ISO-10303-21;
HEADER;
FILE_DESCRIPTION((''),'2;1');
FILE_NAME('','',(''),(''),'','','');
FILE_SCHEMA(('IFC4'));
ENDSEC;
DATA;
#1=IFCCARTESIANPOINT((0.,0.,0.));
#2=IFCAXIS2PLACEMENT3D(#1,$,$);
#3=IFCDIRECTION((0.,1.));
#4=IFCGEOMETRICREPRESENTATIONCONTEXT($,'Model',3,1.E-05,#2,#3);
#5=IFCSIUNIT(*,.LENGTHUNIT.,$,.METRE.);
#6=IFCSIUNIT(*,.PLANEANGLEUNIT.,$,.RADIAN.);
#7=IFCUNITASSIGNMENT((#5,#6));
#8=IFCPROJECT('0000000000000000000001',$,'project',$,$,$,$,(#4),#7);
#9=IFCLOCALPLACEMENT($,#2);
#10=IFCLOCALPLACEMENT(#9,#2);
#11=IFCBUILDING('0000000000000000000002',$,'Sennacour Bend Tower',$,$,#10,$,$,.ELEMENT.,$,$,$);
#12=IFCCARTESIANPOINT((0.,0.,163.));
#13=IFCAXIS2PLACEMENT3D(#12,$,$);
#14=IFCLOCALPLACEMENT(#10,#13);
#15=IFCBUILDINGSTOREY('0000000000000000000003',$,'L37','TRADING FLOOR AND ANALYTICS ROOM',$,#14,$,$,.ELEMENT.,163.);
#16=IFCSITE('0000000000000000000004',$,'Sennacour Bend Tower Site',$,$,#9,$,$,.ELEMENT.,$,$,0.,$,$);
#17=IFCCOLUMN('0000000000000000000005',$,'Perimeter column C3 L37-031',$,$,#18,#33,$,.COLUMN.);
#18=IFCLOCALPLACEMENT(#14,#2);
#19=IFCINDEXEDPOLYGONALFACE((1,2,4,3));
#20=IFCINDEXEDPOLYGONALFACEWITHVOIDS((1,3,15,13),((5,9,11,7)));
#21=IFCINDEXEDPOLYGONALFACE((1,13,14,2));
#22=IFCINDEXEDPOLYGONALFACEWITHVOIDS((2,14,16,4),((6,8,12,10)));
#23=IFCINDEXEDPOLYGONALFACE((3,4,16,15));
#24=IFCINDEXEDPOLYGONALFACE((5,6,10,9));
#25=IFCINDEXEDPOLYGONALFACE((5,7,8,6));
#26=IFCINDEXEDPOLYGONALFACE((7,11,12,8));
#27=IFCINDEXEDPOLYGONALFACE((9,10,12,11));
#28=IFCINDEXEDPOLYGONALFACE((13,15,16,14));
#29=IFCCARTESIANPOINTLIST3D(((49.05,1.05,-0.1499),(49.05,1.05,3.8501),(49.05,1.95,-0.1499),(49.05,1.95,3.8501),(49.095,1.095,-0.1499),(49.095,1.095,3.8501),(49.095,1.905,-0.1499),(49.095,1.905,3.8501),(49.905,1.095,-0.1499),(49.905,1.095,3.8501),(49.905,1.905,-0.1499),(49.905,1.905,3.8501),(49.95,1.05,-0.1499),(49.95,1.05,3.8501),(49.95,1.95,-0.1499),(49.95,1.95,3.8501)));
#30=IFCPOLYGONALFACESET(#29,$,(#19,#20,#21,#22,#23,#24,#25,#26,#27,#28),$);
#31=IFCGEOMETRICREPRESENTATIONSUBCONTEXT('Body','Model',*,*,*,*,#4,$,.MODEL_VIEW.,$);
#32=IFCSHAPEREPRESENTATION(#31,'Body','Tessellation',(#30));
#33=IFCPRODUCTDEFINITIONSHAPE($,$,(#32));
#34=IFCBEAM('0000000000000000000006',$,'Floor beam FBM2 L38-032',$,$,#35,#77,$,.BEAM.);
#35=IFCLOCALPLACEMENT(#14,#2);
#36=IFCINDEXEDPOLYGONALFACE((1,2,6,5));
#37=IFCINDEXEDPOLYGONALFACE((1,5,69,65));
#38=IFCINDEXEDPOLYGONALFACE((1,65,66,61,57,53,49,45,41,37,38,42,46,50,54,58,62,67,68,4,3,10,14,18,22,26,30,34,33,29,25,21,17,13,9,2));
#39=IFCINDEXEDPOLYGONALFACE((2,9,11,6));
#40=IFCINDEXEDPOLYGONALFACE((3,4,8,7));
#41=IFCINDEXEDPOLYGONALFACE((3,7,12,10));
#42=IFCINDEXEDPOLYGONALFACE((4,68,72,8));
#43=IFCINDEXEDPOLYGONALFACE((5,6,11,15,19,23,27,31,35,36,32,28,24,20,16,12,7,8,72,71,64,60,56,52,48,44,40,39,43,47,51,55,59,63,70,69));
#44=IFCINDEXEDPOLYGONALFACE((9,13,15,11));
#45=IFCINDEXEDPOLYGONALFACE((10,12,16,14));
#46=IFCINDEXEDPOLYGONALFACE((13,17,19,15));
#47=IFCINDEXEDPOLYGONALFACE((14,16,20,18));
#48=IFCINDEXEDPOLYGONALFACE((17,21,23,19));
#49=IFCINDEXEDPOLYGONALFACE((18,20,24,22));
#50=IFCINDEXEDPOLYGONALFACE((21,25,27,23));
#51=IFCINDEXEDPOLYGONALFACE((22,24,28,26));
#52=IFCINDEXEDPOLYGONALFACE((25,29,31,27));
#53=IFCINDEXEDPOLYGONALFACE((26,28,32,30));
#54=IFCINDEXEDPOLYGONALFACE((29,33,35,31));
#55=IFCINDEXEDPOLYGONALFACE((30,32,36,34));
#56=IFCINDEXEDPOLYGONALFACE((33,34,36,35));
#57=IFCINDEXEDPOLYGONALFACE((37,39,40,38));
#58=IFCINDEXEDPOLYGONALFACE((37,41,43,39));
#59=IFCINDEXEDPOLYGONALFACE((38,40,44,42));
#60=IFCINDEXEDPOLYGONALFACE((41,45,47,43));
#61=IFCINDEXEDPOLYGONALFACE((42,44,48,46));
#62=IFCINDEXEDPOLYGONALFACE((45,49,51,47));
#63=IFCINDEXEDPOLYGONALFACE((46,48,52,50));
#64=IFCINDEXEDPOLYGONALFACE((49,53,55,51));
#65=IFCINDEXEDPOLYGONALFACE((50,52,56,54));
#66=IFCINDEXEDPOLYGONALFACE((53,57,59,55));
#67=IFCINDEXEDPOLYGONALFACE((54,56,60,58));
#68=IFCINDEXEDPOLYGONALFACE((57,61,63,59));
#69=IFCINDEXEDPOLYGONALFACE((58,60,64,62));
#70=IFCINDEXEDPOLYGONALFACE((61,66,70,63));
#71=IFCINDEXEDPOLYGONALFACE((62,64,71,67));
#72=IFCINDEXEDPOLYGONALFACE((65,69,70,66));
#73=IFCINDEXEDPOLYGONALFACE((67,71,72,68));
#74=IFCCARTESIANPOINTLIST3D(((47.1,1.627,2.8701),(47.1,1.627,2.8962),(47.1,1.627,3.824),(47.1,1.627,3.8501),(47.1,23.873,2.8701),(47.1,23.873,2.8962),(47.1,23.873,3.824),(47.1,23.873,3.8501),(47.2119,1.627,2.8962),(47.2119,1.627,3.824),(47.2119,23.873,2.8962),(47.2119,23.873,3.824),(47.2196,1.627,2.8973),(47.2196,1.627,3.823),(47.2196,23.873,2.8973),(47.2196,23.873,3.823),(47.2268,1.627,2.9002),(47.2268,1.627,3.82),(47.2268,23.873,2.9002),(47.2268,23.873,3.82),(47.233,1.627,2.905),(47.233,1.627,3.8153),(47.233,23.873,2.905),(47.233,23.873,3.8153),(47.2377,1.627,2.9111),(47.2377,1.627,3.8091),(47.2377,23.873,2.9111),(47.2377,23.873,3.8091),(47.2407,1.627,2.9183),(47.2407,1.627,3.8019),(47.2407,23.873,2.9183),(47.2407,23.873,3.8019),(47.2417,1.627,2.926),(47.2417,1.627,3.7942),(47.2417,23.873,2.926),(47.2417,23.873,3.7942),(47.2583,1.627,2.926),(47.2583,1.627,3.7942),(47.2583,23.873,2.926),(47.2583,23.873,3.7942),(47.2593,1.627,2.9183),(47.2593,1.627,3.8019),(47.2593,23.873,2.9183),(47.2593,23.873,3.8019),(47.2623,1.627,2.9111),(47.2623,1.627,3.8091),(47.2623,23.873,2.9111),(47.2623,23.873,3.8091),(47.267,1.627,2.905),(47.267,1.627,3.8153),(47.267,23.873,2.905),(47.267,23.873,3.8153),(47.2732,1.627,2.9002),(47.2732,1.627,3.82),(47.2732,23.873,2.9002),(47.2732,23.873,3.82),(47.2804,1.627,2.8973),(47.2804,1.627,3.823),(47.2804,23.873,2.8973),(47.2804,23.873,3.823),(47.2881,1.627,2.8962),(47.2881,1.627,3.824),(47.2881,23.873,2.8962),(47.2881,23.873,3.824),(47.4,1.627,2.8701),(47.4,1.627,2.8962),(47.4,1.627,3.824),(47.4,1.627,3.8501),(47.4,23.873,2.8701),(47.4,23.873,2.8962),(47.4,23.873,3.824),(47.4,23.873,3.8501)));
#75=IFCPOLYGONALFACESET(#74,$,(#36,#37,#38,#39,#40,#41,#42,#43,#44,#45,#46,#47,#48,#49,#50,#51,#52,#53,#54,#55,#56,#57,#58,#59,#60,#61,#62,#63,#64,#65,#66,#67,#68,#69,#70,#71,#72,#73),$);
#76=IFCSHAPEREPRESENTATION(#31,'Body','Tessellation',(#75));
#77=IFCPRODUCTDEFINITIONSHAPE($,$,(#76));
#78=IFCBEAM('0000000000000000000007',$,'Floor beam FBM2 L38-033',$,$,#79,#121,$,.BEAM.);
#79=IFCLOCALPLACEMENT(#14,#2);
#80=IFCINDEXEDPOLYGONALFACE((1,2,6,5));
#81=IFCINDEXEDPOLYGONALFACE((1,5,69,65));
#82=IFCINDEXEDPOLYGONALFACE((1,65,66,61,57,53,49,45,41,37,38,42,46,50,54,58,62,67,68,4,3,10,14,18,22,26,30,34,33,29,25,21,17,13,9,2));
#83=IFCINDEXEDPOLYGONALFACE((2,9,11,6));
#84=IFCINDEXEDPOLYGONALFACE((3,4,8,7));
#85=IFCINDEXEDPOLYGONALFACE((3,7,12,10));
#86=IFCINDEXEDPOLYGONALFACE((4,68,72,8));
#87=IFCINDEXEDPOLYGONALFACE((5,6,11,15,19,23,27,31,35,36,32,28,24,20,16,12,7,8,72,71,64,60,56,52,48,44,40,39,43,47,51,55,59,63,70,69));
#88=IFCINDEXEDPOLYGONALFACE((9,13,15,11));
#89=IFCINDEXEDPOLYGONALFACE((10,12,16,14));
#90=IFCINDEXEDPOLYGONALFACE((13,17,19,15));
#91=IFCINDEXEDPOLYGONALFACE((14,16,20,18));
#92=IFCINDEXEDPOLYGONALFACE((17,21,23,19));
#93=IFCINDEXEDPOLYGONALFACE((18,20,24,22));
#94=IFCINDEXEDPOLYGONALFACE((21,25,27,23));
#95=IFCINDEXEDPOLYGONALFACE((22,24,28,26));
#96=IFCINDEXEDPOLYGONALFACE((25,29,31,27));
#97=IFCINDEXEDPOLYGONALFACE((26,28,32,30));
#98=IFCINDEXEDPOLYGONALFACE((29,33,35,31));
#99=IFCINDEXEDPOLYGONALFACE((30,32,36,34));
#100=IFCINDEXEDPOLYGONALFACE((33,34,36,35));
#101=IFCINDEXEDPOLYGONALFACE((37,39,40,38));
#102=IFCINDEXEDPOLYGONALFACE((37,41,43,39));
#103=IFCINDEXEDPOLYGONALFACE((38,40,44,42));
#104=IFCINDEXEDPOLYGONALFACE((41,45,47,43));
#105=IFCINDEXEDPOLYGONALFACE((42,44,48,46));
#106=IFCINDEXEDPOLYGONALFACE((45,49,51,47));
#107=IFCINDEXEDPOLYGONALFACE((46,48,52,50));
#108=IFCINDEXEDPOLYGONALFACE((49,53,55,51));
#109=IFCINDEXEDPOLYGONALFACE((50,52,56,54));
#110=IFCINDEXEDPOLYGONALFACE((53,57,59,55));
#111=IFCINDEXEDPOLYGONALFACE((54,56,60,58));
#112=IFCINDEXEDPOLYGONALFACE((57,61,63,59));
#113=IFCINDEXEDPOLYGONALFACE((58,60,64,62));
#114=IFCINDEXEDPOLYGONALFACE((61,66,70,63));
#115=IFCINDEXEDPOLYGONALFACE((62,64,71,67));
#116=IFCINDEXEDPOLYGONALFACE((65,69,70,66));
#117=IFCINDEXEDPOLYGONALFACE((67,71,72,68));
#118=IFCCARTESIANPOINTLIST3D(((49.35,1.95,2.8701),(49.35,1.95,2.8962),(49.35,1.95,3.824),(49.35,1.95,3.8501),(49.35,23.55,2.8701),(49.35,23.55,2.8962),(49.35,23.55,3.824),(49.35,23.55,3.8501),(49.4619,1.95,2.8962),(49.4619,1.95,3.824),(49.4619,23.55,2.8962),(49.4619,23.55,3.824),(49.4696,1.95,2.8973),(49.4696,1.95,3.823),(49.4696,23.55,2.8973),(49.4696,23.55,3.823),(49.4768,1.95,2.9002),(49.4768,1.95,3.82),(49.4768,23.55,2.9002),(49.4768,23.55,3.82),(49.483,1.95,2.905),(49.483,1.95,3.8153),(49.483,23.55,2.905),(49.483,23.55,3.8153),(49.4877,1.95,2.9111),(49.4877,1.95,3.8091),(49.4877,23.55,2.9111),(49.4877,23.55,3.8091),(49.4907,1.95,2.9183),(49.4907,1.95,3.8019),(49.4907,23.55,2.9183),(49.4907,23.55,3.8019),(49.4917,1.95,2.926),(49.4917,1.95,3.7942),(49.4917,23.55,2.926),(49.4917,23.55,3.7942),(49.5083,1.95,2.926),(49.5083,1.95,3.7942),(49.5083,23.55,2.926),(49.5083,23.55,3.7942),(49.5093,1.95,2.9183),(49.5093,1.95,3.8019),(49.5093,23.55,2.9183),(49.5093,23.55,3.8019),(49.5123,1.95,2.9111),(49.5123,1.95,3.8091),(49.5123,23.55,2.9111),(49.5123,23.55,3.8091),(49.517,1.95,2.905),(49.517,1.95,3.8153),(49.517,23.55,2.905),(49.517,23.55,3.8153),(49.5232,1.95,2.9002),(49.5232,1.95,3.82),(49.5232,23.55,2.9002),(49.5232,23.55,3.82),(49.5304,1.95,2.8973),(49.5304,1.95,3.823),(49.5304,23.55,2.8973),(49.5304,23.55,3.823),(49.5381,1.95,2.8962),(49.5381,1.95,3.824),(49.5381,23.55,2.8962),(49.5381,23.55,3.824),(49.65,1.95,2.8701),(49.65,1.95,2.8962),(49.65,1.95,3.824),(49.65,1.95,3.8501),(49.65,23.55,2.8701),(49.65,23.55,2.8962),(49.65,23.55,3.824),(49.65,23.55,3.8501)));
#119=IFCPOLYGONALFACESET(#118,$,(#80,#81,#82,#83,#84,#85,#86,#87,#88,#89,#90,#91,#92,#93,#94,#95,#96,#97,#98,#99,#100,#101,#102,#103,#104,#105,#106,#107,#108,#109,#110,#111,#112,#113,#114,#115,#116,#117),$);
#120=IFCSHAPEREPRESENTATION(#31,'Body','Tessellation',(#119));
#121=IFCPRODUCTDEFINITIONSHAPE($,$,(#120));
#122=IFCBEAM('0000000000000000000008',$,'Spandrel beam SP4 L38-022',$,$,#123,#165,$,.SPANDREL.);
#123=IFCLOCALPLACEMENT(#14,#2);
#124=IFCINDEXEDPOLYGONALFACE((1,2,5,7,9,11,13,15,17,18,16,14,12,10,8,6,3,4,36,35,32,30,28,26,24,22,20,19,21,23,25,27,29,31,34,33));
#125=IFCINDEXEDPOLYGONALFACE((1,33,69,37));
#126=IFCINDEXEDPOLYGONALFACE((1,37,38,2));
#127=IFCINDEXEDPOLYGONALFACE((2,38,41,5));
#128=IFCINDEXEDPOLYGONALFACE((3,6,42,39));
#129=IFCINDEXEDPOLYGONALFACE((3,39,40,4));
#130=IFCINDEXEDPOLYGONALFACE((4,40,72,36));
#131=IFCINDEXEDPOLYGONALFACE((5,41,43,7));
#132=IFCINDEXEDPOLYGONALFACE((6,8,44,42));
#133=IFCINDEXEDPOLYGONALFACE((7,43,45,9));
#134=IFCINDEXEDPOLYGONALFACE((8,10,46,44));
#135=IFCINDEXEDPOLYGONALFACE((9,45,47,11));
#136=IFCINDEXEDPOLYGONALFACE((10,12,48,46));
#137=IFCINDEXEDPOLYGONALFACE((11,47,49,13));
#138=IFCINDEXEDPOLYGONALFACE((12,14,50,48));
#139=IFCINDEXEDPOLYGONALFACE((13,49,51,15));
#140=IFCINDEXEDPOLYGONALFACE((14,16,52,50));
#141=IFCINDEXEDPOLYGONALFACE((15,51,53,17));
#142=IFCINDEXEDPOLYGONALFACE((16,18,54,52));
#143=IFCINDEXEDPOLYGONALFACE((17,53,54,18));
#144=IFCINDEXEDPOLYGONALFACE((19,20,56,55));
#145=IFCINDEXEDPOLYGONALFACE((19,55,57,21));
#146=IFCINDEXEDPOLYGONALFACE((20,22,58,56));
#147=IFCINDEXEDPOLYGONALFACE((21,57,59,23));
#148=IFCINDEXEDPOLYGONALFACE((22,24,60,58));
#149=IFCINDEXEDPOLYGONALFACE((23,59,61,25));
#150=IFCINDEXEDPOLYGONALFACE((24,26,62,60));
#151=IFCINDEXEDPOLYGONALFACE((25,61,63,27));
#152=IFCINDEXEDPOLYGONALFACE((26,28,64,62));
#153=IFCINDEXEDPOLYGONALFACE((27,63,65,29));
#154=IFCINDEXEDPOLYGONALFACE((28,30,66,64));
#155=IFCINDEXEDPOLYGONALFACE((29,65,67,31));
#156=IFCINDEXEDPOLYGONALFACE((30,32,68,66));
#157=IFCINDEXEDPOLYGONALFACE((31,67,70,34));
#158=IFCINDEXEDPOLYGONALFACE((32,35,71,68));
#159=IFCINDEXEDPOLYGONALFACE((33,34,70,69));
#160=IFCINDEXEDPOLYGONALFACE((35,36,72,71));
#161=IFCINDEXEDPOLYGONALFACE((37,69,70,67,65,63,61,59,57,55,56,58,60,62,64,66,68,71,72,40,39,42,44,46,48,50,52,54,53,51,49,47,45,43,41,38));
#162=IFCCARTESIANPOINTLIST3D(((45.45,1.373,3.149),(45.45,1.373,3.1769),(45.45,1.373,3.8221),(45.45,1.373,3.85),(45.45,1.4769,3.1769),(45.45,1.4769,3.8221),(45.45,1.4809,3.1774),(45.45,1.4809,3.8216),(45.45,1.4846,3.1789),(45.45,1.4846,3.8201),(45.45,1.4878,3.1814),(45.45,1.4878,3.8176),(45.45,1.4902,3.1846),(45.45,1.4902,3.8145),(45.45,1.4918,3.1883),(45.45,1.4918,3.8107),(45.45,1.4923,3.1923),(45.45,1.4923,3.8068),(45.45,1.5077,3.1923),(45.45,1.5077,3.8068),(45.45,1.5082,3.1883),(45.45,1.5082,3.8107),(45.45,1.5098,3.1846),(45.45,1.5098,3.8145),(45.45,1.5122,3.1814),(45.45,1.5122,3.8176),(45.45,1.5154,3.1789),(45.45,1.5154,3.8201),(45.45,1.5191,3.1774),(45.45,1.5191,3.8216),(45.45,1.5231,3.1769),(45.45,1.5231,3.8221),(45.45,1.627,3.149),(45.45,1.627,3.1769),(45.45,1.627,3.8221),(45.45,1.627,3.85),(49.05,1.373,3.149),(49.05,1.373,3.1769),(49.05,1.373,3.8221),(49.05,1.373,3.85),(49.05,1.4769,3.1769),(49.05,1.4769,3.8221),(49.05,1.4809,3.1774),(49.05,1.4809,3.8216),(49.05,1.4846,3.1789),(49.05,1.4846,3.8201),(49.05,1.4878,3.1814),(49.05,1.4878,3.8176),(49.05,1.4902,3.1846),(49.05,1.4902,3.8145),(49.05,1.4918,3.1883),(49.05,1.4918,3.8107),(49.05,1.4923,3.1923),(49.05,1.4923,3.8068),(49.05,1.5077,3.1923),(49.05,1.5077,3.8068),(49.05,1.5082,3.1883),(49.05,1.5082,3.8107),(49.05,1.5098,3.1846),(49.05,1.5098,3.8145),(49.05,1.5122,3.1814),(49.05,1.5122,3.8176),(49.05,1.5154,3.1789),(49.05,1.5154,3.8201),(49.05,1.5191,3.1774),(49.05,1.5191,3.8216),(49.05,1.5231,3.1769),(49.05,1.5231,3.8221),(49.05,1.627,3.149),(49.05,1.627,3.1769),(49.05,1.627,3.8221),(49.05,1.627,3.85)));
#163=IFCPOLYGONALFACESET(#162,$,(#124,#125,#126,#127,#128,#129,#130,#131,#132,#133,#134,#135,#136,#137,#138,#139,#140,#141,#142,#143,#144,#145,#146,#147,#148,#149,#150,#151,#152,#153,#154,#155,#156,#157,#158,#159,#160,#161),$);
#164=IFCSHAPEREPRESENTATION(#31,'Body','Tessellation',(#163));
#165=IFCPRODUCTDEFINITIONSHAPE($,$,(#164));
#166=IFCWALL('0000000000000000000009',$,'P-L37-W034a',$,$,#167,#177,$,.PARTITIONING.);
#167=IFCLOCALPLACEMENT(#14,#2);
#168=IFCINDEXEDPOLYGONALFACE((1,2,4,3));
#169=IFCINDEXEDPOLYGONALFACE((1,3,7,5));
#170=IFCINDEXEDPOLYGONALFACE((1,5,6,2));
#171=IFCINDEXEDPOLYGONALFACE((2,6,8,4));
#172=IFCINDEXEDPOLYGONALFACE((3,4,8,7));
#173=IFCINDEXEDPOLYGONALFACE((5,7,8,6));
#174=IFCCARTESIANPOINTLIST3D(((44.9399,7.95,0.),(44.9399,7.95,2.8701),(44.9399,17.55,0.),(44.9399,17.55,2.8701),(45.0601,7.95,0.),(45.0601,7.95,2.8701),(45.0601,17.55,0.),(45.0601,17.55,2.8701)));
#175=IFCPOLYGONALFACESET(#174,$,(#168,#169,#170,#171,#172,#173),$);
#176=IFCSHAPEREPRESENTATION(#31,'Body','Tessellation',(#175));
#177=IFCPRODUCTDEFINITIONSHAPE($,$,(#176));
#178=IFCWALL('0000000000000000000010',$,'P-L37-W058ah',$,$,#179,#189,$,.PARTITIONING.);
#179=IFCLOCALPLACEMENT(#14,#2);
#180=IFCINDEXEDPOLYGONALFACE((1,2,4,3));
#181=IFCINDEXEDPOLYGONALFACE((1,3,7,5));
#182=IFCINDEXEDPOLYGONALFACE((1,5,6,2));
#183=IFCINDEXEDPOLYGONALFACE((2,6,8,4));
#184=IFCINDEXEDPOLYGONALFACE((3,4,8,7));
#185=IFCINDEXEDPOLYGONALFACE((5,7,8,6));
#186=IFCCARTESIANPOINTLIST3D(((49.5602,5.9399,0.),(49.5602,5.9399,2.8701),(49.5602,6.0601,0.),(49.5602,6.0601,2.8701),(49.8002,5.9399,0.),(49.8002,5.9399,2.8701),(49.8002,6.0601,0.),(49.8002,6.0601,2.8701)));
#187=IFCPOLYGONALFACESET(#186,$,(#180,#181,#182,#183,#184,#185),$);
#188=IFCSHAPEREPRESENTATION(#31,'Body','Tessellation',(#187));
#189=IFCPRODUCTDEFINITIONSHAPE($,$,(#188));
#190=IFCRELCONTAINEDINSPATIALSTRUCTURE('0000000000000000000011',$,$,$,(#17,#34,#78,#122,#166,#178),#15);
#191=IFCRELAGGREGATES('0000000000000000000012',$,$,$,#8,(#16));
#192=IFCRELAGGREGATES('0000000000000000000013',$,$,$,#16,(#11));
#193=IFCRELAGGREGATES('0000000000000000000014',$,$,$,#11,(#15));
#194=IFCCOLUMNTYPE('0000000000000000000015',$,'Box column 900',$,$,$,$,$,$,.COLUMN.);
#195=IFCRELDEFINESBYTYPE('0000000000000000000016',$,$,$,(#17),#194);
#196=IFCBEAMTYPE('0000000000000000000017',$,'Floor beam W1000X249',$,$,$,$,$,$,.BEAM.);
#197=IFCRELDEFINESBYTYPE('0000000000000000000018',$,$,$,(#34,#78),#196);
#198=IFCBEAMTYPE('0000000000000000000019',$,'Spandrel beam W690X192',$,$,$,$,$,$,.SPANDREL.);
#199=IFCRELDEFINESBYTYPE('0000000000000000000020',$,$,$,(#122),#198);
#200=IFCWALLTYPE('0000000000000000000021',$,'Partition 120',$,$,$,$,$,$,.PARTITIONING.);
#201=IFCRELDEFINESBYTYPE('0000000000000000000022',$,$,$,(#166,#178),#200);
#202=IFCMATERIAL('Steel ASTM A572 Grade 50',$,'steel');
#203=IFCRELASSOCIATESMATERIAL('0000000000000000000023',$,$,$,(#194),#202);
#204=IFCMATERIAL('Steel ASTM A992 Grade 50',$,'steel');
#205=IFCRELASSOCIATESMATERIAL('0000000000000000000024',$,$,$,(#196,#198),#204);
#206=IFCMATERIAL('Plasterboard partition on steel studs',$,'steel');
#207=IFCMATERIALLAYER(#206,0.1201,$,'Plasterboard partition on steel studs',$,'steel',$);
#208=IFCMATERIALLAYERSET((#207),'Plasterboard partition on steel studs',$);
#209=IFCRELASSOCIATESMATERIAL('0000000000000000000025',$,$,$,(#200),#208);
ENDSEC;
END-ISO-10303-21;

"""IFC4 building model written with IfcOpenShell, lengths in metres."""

from ifc_helpers import new_model, si_unit, direction, frame, frame_2d, origin, origin_2d, place, context, subcontext, project, spatial, rectangle, hollow_rectangle, i_section, extrude, material, layer, layer_set, material_profile, profile_set, type_object, element, save


model = new_model("IFC4")

# Units and contexts
model_context = context("Model", 3, precision=1e-05, world=origin(), true_north=direction((0.0, 1.0)))
body_context = subcontext(model_context, "Body", "Model", "MODEL_VIEW")
ifc_project = project(units=[si_unit("LENGTHUNIT", "METRE"), si_unit("PLANEANGLEUNIT", "RADIAN")], contexts=[model_context])

# Site, building, storey
site_placement = place(None, origin())
site = spatial("IfcSite", under=ifc_project, at=site_placement, Name="Sennacour Bend Tower Site", CompositionType="ELEMENT", RefElevation=0.0)
building_placement = place(site_placement, origin())
building = spatial("IfcBuilding", under=site, at=building_placement, Name="Sennacour Bend Tower", CompositionType="ELEMENT")
storey_placement = place(building_placement, frame((0.0, 0.0, 163.0)))
storey = spatial("IfcBuildingStorey", under=building, at=storey_placement, Name="L37", Description="TRADING FLOOR AND ANALYTICS ROOM", CompositionType="ELEMENT", Elevation=163.0)

# Column
ifc_material_1 = material(Name="Steel ASTM A572 Grade 50", Category="steel")
ifc_material_profile_1 = material_profile(ifc_material_1, hollow_rectangle(XDim=0.8999, YDim=0.8999, WallThickness=0.0449, at=origin_2d()), Name="Steel ASTM A572 Grade 50", Category="steel")
ifc_profile_set_1 = profile_set([ifc_material_profile_1], Name="Steel ASTM A572 Grade 50")
column_type = type_object("IfcColumnType", Name="Box column 900", PredefinedType="COLUMN", material=ifc_profile_set_1)
column_placement = place(storey_placement, frame((49.5, 1.5, -0.1499), z_axis=(0.0, 0.0, 1.0), x_axis=(1.0, 0.0, 0.0)))
element("IfcColumn", 1, at=column_placement, inside=storey, type_object=column_type, Name="Perimeter column C3 L37-031", PredefinedType="COLUMN", context=body_context, shape_type="SweptSolid", body=[
    extrude(hollow_rectangle(XDim=0.8999, YDim=0.8999, WallThickness=0.0449, at=origin_2d()), origin(), (0.0, 0.0, 1.0), 4.0),
])

# Beams
ifc_material_2 = material(Name="Steel ASTM A992 Grade 50", Category="steel")
ifc_material_profile_2 = material_profile(ifc_material_2, i_section(OverallWidth=0.3, OverallDepth=0.98, WebThickness=0.0166, FlangeThickness=0.0261, FilletRadius=0.0298, at=origin_2d()), Name="Steel ASTM A992 Grade 50", Category="steel")
ifc_profile_set_2 = profile_set([ifc_material_profile_2], Name="Steel ASTM A992 Grade 50")
beam_type_1 = type_object("IfcBeamType", Name="Floor beam W1000X249", PredefinedType="BEAM", material=ifc_profile_set_2)
beam_1_placement = place(storey_placement, frame((47.25, 1.627, 3.3601), z_axis=(0.0, 1.0, 0.0), x_axis=(-1.0, 0.0, 0.0)))
element("IfcBeam", 2, at=beam_1_placement, inside=storey, type_object=beam_type_1, Name="Floor beam FBM2 L38-032", PredefinedType="BEAM", context=body_context, shape_type="SweptSolid", body=[
    extrude(i_section(OverallWidth=0.3, OverallDepth=0.98, WebThickness=0.0166, FlangeThickness=0.0261, FilletRadius=0.0298, at=origin_2d()), origin(), (0.0, 0.0, 1.0), 22.2461),
])
beam_2_placement = place(storey_placement, frame((49.5, 1.95, 3.3601), z_axis=(0.0, 1.0, 0.0), x_axis=(-1.0, 0.0, 0.0)))
element("IfcBeam", 3, at=beam_2_placement, inside=storey, type_object=beam_type_1, Name="Floor beam FBM2 L38-033", PredefinedType="BEAM", context=body_context, shape_type="SweptSolid", body=[
    extrude(i_section(OverallWidth=0.3, OverallDepth=0.98, WebThickness=0.0166, FlangeThickness=0.0261, FilletRadius=0.0298, at=origin_2d()), origin(), (0.0, 0.0, 1.0), 21.6001),
])
ifc_material_profile_3 = material_profile(ifc_material_2, i_section(OverallWidth=0.2539, OverallDepth=0.7009, WebThickness=0.0154, FlangeThickness=0.0278, FilletRadius=0.0154, at=origin_2d()), Name="Steel ASTM A992 Grade 50", Category="steel")
ifc_profile_set_3 = profile_set([ifc_material_profile_3], Name="Steel ASTM A992 Grade 50")
beam_type_2 = type_object("IfcBeamType", Name="Spandrel beam W690X192", PredefinedType="SPANDREL", material=ifc_profile_set_3)
beam_3_placement = place(storey_placement, frame((49.05, 1.5, 3.4995), z_axis=(-1.0, 0.0, 0.0), x_axis=(0.0, -1.0, 0.0)))
element("IfcBeam", 4, at=beam_3_placement, inside=storey, type_object=beam_type_2, Name="Spandrel beam SP4 L38-022", PredefinedType="SPANDREL", context=body_context, shape_type="SweptSolid", body=[
    extrude(i_section(OverallWidth=0.2539, OverallDepth=0.7009, WebThickness=0.0154, FlangeThickness=0.0278, FilletRadius=0.0154, at=origin_2d()), origin(), (0.0, 0.0, 1.0), 3.6001),
])

# Walls
ifc_material_3 = material(Name="Plasterboard partition on steel studs", Category="steel")
ifc_layer_1 = layer(ifc_material_3, 0.1201, Name="Plasterboard partition on steel studs", Category="steel")
ifc_layer_set_1 = layer_set([ifc_layer_1], Name="Plasterboard partition on steel studs")
wall_type_1 = type_object("IfcWallType", Name="Partition 120", PredefinedType="PARTITIONING", material=ifc_layer_set_1)
wall_1_placement = place(storey_placement, frame((45.0, 7.95, 0.0), z_axis=(0.0, 0.0, 1.0), x_axis=(0.0, 1.0, 0.0)))
element("IfcWall", 5, at=wall_1_placement, inside=storey, type_object=wall_type_1, Name="P-L37-W034a", PredefinedType="PARTITIONING", context=body_context, shape_type="SweptSolid", body=[
    extrude(rectangle(XDim=9.6001, YDim=0.1201, at=frame_2d((4.8, 0.0))), origin(), (0.0, 0.0, 1.0), 2.8701),
])
wall_2_placement = place(storey_placement, frame((49.5601, 6.0, 0.0), z_axis=(0.0, 0.0, 1.0), x_axis=(1.0, 0.0, 0.0)))
element("IfcWall", 6, at=wall_2_placement, inside=storey, type_object=wall_type_1, Name="P-L37-W058ah", PredefinedType="PARTITIONING", context=body_context, shape_type="SweptSolid", body=[
    extrude(rectangle(XDim=0.24, YDim=0.1201, at=frame_2d((0.1201, 0.0))), origin(), (0.0, 0.0, 1.0), 2.8701),
])

save(model, "model.ifc")
